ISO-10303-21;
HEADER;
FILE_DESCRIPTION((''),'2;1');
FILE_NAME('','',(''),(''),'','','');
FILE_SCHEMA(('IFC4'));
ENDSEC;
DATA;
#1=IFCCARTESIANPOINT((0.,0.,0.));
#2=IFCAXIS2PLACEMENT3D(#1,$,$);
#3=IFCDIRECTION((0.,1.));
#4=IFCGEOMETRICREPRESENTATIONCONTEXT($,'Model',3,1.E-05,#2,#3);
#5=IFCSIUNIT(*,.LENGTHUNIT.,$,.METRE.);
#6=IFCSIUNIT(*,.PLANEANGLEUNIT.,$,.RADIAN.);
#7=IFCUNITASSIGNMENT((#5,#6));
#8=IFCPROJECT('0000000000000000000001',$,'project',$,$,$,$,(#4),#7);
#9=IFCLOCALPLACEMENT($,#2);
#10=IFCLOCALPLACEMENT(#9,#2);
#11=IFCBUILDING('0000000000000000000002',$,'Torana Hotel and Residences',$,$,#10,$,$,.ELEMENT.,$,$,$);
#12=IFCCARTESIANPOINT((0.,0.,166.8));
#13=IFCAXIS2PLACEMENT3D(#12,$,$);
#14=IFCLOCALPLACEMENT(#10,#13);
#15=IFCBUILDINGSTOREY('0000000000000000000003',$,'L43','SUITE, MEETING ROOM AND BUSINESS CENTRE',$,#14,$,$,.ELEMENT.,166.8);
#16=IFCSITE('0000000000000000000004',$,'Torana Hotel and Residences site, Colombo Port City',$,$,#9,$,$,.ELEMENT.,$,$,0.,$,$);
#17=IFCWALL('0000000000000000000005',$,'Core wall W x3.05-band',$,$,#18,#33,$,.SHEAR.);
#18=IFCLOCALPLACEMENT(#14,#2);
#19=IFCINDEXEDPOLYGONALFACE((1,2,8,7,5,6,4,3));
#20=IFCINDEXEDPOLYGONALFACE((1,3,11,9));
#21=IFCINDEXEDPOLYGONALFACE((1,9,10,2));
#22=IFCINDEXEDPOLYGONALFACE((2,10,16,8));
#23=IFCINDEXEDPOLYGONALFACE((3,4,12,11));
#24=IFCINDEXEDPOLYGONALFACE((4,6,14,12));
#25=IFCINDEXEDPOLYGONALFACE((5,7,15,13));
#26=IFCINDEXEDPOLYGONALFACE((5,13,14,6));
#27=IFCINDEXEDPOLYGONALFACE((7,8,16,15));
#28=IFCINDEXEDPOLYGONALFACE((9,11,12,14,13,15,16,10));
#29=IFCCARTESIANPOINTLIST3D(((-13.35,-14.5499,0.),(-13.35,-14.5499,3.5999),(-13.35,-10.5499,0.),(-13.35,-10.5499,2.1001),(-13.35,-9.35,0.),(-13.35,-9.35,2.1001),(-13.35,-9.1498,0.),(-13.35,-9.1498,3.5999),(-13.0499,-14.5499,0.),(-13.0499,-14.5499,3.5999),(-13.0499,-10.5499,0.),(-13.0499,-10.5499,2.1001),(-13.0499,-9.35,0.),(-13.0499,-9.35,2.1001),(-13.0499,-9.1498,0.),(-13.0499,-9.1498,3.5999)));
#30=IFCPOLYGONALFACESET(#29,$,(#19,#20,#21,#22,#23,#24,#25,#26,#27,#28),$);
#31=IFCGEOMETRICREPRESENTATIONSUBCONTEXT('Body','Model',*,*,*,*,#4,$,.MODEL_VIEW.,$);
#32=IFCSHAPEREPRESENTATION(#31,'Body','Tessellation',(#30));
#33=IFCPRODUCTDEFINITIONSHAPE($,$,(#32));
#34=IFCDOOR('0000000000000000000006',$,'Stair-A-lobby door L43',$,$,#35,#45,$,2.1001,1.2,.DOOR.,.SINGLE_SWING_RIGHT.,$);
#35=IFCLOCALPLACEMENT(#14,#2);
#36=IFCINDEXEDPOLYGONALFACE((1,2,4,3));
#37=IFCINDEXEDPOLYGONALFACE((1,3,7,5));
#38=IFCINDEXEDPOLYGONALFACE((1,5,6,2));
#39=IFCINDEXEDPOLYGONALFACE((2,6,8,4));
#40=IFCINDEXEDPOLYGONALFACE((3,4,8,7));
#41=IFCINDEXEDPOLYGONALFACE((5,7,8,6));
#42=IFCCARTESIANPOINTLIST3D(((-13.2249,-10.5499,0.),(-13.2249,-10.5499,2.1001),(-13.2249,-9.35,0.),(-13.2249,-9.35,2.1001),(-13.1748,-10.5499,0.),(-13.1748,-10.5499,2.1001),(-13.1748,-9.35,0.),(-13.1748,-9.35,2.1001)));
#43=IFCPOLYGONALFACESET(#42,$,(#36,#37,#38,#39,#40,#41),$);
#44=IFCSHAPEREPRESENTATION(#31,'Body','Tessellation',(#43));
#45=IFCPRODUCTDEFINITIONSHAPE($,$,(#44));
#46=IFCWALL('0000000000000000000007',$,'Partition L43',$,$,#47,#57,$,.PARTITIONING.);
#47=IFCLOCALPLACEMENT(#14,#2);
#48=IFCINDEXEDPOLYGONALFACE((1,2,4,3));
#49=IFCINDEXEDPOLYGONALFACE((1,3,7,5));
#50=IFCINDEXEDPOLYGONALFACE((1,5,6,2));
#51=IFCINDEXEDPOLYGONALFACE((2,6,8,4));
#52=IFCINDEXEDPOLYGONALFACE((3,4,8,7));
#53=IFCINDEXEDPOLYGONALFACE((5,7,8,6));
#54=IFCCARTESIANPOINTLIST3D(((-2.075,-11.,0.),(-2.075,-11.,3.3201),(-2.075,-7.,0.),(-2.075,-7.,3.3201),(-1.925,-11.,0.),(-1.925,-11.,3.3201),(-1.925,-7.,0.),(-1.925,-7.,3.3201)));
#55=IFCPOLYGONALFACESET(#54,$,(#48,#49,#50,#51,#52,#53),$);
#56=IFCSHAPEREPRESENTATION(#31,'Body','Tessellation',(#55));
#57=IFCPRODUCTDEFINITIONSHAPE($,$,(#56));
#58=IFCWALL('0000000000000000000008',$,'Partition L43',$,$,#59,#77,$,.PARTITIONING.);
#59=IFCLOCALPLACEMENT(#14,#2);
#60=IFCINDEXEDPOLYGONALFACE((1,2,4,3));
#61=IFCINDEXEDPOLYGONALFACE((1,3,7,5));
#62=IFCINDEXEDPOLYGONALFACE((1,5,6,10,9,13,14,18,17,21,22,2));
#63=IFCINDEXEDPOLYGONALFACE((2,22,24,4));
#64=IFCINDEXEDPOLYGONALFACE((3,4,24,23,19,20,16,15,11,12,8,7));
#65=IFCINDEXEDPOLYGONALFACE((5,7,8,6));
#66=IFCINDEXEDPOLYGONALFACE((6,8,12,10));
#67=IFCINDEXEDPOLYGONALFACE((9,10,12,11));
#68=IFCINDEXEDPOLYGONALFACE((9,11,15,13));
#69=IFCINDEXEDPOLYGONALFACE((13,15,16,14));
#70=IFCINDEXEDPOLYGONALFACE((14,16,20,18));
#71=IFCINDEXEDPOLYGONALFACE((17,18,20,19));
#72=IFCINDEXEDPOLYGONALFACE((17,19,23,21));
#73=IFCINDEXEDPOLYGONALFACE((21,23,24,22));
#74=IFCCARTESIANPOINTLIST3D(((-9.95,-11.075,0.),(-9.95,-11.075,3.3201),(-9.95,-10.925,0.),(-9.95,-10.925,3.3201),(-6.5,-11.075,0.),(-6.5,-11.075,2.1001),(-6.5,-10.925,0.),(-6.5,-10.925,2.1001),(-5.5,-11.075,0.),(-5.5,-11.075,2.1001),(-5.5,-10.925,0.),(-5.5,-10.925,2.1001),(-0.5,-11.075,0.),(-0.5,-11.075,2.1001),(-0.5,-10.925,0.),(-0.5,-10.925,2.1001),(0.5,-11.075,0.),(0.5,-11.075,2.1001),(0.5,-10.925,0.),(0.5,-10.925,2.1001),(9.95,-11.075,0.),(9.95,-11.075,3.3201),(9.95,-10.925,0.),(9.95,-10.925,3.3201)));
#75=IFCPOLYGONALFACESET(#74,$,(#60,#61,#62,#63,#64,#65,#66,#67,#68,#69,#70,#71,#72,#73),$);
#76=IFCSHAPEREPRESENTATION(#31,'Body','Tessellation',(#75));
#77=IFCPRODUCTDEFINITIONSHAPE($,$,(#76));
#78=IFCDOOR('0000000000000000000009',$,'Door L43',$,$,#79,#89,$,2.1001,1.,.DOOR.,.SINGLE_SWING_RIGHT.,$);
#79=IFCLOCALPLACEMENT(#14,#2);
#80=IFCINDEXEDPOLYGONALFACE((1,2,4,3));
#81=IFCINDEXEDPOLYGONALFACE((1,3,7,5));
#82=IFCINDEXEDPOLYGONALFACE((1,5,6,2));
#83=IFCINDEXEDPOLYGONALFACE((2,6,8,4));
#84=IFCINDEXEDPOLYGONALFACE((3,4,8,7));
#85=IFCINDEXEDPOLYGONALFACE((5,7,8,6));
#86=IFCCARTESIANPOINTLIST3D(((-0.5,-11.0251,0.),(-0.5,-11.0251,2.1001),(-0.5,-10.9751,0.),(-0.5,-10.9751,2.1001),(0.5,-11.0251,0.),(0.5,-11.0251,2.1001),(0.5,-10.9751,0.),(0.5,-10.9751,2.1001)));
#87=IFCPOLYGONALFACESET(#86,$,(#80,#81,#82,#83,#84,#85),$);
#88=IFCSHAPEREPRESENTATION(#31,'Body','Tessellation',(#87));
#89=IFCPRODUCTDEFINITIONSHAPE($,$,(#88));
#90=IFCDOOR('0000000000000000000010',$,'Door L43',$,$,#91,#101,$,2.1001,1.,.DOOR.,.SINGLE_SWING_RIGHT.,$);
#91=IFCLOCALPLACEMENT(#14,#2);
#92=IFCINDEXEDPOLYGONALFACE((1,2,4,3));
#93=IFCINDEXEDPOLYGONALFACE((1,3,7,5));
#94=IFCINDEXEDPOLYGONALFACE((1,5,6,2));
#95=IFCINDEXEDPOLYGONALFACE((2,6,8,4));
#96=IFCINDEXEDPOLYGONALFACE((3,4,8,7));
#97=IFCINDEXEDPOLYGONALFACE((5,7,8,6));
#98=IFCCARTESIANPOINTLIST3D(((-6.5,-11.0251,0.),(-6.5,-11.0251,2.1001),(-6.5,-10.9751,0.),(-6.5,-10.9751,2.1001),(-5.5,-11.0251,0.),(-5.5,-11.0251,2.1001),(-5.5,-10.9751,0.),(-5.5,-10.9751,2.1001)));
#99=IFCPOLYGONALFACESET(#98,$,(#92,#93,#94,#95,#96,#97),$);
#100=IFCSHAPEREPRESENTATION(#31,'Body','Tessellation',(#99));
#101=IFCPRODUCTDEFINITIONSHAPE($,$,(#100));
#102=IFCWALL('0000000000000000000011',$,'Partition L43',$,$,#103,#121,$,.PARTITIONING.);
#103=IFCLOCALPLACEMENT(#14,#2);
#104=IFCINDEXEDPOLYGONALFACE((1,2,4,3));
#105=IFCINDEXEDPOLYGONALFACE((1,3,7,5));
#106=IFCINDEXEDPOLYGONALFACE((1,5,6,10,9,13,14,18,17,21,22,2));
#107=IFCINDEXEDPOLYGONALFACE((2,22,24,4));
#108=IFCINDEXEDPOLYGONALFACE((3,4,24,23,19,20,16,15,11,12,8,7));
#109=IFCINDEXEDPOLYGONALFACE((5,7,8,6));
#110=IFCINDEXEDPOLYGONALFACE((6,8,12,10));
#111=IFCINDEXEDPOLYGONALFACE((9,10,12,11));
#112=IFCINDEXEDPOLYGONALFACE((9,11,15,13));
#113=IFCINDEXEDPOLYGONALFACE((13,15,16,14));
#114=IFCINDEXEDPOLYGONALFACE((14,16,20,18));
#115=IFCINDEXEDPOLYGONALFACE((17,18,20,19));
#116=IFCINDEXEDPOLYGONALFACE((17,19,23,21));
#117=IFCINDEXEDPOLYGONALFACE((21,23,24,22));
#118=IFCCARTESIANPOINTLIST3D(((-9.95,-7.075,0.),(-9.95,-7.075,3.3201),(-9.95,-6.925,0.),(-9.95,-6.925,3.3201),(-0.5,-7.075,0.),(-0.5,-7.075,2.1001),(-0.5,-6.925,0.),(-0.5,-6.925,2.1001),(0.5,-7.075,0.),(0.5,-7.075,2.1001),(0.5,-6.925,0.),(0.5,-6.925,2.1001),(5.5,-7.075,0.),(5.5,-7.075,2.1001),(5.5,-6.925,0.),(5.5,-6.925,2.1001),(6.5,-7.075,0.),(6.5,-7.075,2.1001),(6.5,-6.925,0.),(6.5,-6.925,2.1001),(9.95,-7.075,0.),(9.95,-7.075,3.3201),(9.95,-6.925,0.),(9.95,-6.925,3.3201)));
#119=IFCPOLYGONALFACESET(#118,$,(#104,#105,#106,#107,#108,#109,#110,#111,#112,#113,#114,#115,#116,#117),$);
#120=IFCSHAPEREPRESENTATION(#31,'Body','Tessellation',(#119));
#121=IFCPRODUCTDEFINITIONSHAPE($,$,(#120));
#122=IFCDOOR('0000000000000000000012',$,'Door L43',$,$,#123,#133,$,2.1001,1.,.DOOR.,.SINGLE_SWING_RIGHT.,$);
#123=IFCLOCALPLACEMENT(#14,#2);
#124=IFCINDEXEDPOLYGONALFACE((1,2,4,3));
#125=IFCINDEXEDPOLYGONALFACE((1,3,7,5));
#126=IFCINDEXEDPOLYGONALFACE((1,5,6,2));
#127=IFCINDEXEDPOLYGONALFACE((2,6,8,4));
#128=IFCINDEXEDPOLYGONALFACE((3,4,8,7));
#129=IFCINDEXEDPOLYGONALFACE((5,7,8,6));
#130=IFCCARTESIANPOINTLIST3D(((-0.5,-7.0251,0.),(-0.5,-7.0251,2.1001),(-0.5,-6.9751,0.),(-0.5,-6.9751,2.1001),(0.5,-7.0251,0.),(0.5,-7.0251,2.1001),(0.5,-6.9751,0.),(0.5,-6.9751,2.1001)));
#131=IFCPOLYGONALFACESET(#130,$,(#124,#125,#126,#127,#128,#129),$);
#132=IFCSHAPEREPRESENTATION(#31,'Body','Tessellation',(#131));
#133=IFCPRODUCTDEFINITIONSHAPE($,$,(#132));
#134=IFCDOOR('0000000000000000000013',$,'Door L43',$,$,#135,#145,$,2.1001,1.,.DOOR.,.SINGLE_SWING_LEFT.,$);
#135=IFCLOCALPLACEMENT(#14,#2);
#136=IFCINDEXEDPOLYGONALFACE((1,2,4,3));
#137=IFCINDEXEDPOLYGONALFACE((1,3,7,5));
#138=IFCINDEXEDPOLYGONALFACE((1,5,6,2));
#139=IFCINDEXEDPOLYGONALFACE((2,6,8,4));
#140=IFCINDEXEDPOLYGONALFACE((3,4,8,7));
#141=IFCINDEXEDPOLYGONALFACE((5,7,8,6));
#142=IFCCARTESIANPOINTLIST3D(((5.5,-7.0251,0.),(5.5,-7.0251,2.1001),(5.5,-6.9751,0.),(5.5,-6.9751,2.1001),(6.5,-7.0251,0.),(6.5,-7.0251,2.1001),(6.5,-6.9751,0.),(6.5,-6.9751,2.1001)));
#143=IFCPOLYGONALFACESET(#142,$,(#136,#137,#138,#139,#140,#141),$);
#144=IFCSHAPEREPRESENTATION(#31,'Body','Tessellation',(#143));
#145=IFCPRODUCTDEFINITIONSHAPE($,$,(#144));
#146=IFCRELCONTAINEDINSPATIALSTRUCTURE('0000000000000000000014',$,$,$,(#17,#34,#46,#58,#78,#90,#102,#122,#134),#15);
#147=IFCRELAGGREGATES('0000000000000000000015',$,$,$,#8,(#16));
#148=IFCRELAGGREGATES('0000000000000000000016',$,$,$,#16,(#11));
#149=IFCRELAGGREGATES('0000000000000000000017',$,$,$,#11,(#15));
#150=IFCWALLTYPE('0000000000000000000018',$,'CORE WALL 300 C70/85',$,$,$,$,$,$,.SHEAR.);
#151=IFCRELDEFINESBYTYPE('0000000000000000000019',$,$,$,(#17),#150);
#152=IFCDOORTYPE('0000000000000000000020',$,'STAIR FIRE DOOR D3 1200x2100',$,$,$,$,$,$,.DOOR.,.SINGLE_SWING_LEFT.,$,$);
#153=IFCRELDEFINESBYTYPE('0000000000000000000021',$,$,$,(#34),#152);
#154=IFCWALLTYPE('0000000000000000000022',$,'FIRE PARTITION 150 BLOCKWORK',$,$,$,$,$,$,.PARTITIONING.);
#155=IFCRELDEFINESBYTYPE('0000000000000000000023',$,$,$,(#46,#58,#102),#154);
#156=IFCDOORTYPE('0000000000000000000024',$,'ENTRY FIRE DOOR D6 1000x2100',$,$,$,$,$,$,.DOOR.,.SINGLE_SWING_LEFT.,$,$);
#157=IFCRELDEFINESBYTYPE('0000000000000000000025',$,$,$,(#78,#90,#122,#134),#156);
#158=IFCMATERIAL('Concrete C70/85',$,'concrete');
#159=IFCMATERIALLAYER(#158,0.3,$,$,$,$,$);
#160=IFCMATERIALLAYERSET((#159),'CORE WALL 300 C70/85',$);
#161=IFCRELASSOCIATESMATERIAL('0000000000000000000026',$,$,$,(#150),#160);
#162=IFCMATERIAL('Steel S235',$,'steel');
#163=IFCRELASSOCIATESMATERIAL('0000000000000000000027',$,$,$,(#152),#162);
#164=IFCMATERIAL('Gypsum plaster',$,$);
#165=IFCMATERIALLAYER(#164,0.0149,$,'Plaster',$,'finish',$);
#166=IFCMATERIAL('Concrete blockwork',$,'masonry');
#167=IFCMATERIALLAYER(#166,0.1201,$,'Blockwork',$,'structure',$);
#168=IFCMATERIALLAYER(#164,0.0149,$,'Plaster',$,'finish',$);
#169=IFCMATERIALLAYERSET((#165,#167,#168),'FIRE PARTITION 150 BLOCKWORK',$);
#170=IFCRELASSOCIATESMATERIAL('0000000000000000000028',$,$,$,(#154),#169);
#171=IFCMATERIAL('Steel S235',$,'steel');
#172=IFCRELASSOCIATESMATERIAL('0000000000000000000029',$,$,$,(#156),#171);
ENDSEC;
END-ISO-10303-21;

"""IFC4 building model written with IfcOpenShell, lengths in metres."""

from ifc_helpers import new_model, si_unit, direction, frame, frame_2d, origin, place, context, subcontext, project, spatial, rectangle, extrude, material, layer, layer_set, type_object, element, fill, save


model = new_model("IFC4")

# Units and contexts
model_context = context("Model", 3, precision=1e-05, world=origin(), true_north=direction((0.0, 1.0)))
body_context = subcontext(model_context, "Body", "Model", "MODEL_VIEW")
ifc_project = project(units=[si_unit("LENGTHUNIT", "METRE"), si_unit("PLANEANGLEUNIT", "RADIAN")], contexts=[model_context])

# Site, building, storey
site_placement = place(None, origin())
site = spatial("IfcSite", under=ifc_project, at=site_placement, Name="Torana Hotel and Residences site, Colombo Port City", CompositionType="ELEMENT", RefElevation=0.0)
building_placement = place(site_placement, origin())
building = spatial("IfcBuilding", under=site, at=building_placement, Name="Torana Hotel and Residences", CompositionType="ELEMENT")
storey_placement = place(building_placement, frame((0.0, 0.0, 166.8)))
storey = spatial("IfcBuildingStorey", under=building, at=storey_placement, Name="L43", Description="SUITE, MEETING ROOM AND BUSINESS CENTRE", CompositionType="ELEMENT", Elevation=166.8)

# Shared definitions
ifc_material_1 = material(Name="Concrete C70/85", Category="concrete")
ifc_layer_1 = layer(ifc_material_1, 0.3)
ifc_layer_set_1 = layer_set([ifc_layer_1], Name="CORE WALL 300 C70/85")
wall_type_1 = type_object("IfcWallType", Name="CORE WALL 300 C70/85", PredefinedType="SHEAR", material=ifc_layer_set_1)

# Wall, opening, door
wall_1_placement = place(storey_placement, frame((-13.2, -14.55, 0.0), z_axis=(0.0, 0.0, 1.0), x_axis=(0.0, 1.0, 0.0)))
wall_1 = element("IfcWall", 1, at=wall_1_placement, inside=storey, type_object=wall_type_1, Name="Core wall W x3.05-band", PredefinedType="SHEAR", context=body_context, shape_type="SweptSolid", body=[
    extrude(rectangle(XDim=5.4001, YDim=0.3, at=frame_2d((2.7002, 0.0))), origin(), (0.0, 0.0, 1.0), 3.5999),
])
opening_1_placement = place(wall_1_placement, frame((4.0, 0.0, 0.0)))
opening_1 = element("IfcOpeningElement", 2, at=opening_1_placement, cuts=wall_1, PredefinedType="OPENING", context=body_context, shape_type="SweptSolid", body=[
    extrude(rectangle(XDim=1.2, YDim=2.1001, at=frame_2d((0.6001, 1.05))), frame((0.0, 0.1599, 0.0), z_axis=(0.0, -1.0, 0.0), x_axis=(1.0, 0.0, 0.0)), (0.0, 0.0, 1.0), 0.3201),
])
ifc_material_2 = material(Name="Steel S235", Category="steel")
door_type_1 = type_object("IfcDoorType", Name="STAIR FIRE DOOR D3 1200x2100", OperationType="SINGLE_SWING_LEFT", PredefinedType="DOOR", material=ifc_material_2)
door_1_placement = place(opening_1_placement, frame((0.6001, 0.0, 0.0), z_axis=(0.0, 0.0, 1.0), x_axis=(-1.0, 0.0, 0.0)))
door_1 = element("IfcDoor", 3, at=door_1_placement, inside=storey, type_object=door_type_1, Name="Stair-A-lobby door L43", OperationType="SINGLE_SWING_RIGHT", OverallHeight=2.1001, OverallWidth=1.2, PredefinedType="DOOR", context=body_context, shape_type="SweptSolid", body=[
    extrude(rectangle(XDim=1.2, YDim=2.1001, at=frame_2d((0.0, 1.05))), frame((0.0, -0.0249, 0.0), z_axis=(0.0, 1.0, 0.0), x_axis=(-1.0, 0.0, 0.0)), (0.0, 0.0, 1.0), 0.05),
])
fill(opening_1, door_1)

# Wall
ifc_material_3 = material(Name="Gypsum plaster")
ifc_layer_2 = layer(ifc_material_3, 0.0149, Name="Plaster", Category="finish")
ifc_material_4 = material(Name="Concrete blockwork", Category="masonry")
ifc_layer_3 = layer(ifc_material_4, 0.1201, Name="Blockwork", Category="structure")
ifc_layer_4 = layer(ifc_material_3, 0.0149, Name="Plaster", Category="finish")
ifc_layer_set_2 = layer_set([ifc_layer_2, ifc_layer_3, ifc_layer_4], Name="FIRE PARTITION 150 BLOCKWORK")
wall_type_2 = type_object("IfcWallType", Name="FIRE PARTITION 150 BLOCKWORK", PredefinedType="PARTITIONING", material=ifc_layer_set_2)
wall_2_placement = place(storey_placement, frame((-2.0, -11.0, 0.0), z_axis=(0.0, 0.0, 1.0), x_axis=(0.0, 1.0, 0.0)))
element("IfcWall", 4, at=wall_2_placement, inside=storey, type_object=wall_type_2, Name="Partition L43", PredefinedType="PARTITIONING", context=body_context, shape_type="SweptSolid", body=[
    extrude(rectangle(XDim=4.0, YDim=0.1499, at=frame_2d((2.0, 0.0))), origin(), (0.0, 0.0, 1.0), 3.3201),
])

# Walls, openings, doors
wall_3_placement = place(storey_placement, frame((-9.95, -11.0, 0.0), z_axis=(0.0, 0.0, 1.0), x_axis=(1.0, 0.0, 0.0)))
wall_3 = element("IfcWall", 5, at=wall_3_placement, inside=storey, type_object=wall_type_2, Name="Partition L43", PredefinedType="PARTITIONING", context=body_context, shape_type="SweptSolid", body=[
    extrude(rectangle(XDim=19.8999, YDim=0.1499, at=frame_2d((9.95, 0.0))), origin(), (0.0, 0.0, 1.0), 3.3201),
])
opening_2_placement = place(wall_3_placement, frame((9.45, 0.0, 0.0)))
opening_2 = element("IfcOpeningElement", 6, at=opening_2_placement, cuts=wall_3, PredefinedType="OPENING", context=body_context, shape_type="SweptSolid", body=[
    extrude(rectangle(XDim=1.0, YDim=2.1001, at=frame_2d((0.5, 1.05))), frame((0.0, 0.085, 0.0), z_axis=(0.0, -1.0, 0.0), x_axis=(1.0, 0.0, 0.0)), (0.0, 0.0, 1.0), 0.1699),
])
opening_3_placement = place(wall_3_placement, frame((3.45, 0.0, 0.0)))
opening_3 = element("IfcOpeningElement", 7, at=opening_3_placement, cuts=wall_3, PredefinedType="OPENING", context=body_context, shape_type="SweptSolid", body=[
    extrude(rectangle(XDim=1.0, YDim=2.1001, at=frame_2d((0.5, 1.05))), frame((0.0, 0.085, 0.0), z_axis=(0.0, -1.0, 0.0), x_axis=(1.0, 0.0, 0.0)), (0.0, 0.0, 1.0), 0.1699),
])
ifc_material_5 = material(Name="Steel S235", Category="steel")
door_type_2 = type_object("IfcDoorType", Name="ENTRY FIRE DOOR D6 1000x2100", OperationType="SINGLE_SWING_LEFT", PredefinedType="DOOR", material=ifc_material_5)
door_2_placement = place(opening_2_placement, origin())
door_2 = element("IfcDoor", 8, at=door_2_placement, inside=storey, type_object=door_type_2, Name="Door L43", OperationType="SINGLE_SWING_RIGHT", OverallHeight=2.1001, OverallWidth=1.0, PredefinedType="DOOR", context=body_context, shape_type="SweptSolid", body=[
    extrude(rectangle(XDim=1.0, YDim=2.1001, at=frame_2d((0.5, 1.05))), frame((0.0, 0.0249, 0.0), z_axis=(0.0, -1.0, 0.0), x_axis=(1.0, 0.0, 0.0)), (0.0, 0.0, 1.0), 0.05),
])
fill(opening_2, door_2)
door_3_placement = place(opening_3_placement, origin())
door_3 = element("IfcDoor", 9, at=door_3_placement, inside=storey, type_object=door_type_2, Name="Door L43", OperationType="SINGLE_SWING_RIGHT", OverallHeight=2.1001, OverallWidth=1.0, PredefinedType="DOOR", context=body_context, shape_type="SweptSolid", body=[
    extrude(rectangle(XDim=1.0, YDim=2.1001, at=frame_2d((0.5, 1.05))), frame((0.0, 0.0249, 0.0), z_axis=(0.0, -1.0, 0.0), x_axis=(1.0, 0.0, 0.0)), (0.0, 0.0, 1.0), 0.05),
])
fill(opening_3, door_3)
wall_4_placement = place(storey_placement, frame((-9.95, -7.0, 0.0), z_axis=(0.0, 0.0, 1.0), x_axis=(1.0, 0.0, 0.0)))
wall_4 = element("IfcWall", 10, at=wall_4_placement, inside=storey, type_object=wall_type_2, Name="Partition L43", PredefinedType="PARTITIONING", context=body_context, shape_type="SweptSolid", body=[
    extrude(rectangle(XDim=19.8999, YDim=0.1499, at=frame_2d((9.95, 0.0))), origin(), (0.0, 0.0, 1.0), 3.3201),
])
opening_4_placement = place(wall_4_placement, frame((9.45, 0.0, 0.0)))
opening_4 = element("IfcOpeningElement", 11, at=opening_4_placement, cuts=wall_4, PredefinedType="OPENING", context=body_context, shape_type="SweptSolid", body=[
    extrude(rectangle(XDim=1.0, YDim=2.1001, at=frame_2d((0.5, 1.05))), frame((0.0, 0.085, 0.0), z_axis=(0.0, -1.0, 0.0), x_axis=(1.0, 0.0, 0.0)), (0.0, 0.0, 1.0), 0.1699),
])
opening_5_placement = place(wall_4_placement, frame((15.45, 0.0, 0.0)))
opening_5 = element("IfcOpeningElement", 12, at=opening_5_placement, cuts=wall_4, PredefinedType="OPENING", context=body_context, shape_type="SweptSolid", body=[
    extrude(rectangle(XDim=1.0, YDim=2.1001, at=frame_2d((0.5, 1.05))), frame((0.0, 0.085, 0.0), z_axis=(0.0, -1.0, 0.0), x_axis=(1.0, 0.0, 0.0)), (0.0, 0.0, 1.0), 0.1699),
])
door_4_placement = place(opening_4_placement, origin())
door_4 = element("IfcDoor", 13, at=door_4_placement, inside=storey, type_object=door_type_2, Name="Door L43", OperationType="SINGLE_SWING_RIGHT", OverallHeight=2.1001, OverallWidth=1.0, PredefinedType="DOOR", context=body_context, shape_type="SweptSolid", body=[
    extrude(rectangle(XDim=1.0, YDim=2.1001, at=frame_2d((0.5, 1.05))), frame((0.0, 0.0249, 0.0), z_axis=(0.0, -1.0, 0.0), x_axis=(1.0, 0.0, 0.0)), (0.0, 0.0, 1.0), 0.05),
])
fill(opening_4, door_4)
door_5_placement = place(opening_5_placement, frame((0.5, 0.0, 0.0), z_axis=(0.0, 0.0, 1.0), x_axis=(-1.0, 0.0, 0.0)))
door_5 = element("IfcDoor", 14, at=door_5_placement, inside=storey, type_object=door_type_2, Name="Door L43", OperationType="SINGLE_SWING_LEFT", OverallHeight=2.1001, OverallWidth=1.0, PredefinedType="DOOR", context=body_context, shape_type="SweptSolid", body=[
    extrude(rectangle(XDim=1.0, YDim=2.1001, at=frame_2d((0.0, 1.05))), frame((0.0, -0.0249, 0.0), z_axis=(0.0, 1.0, 0.0), x_axis=(-1.0, 0.0, 0.0)), (0.0, 0.0, 1.0), 0.05),
])
fill(opening_5, door_5)

save(model, "model.ifc")
